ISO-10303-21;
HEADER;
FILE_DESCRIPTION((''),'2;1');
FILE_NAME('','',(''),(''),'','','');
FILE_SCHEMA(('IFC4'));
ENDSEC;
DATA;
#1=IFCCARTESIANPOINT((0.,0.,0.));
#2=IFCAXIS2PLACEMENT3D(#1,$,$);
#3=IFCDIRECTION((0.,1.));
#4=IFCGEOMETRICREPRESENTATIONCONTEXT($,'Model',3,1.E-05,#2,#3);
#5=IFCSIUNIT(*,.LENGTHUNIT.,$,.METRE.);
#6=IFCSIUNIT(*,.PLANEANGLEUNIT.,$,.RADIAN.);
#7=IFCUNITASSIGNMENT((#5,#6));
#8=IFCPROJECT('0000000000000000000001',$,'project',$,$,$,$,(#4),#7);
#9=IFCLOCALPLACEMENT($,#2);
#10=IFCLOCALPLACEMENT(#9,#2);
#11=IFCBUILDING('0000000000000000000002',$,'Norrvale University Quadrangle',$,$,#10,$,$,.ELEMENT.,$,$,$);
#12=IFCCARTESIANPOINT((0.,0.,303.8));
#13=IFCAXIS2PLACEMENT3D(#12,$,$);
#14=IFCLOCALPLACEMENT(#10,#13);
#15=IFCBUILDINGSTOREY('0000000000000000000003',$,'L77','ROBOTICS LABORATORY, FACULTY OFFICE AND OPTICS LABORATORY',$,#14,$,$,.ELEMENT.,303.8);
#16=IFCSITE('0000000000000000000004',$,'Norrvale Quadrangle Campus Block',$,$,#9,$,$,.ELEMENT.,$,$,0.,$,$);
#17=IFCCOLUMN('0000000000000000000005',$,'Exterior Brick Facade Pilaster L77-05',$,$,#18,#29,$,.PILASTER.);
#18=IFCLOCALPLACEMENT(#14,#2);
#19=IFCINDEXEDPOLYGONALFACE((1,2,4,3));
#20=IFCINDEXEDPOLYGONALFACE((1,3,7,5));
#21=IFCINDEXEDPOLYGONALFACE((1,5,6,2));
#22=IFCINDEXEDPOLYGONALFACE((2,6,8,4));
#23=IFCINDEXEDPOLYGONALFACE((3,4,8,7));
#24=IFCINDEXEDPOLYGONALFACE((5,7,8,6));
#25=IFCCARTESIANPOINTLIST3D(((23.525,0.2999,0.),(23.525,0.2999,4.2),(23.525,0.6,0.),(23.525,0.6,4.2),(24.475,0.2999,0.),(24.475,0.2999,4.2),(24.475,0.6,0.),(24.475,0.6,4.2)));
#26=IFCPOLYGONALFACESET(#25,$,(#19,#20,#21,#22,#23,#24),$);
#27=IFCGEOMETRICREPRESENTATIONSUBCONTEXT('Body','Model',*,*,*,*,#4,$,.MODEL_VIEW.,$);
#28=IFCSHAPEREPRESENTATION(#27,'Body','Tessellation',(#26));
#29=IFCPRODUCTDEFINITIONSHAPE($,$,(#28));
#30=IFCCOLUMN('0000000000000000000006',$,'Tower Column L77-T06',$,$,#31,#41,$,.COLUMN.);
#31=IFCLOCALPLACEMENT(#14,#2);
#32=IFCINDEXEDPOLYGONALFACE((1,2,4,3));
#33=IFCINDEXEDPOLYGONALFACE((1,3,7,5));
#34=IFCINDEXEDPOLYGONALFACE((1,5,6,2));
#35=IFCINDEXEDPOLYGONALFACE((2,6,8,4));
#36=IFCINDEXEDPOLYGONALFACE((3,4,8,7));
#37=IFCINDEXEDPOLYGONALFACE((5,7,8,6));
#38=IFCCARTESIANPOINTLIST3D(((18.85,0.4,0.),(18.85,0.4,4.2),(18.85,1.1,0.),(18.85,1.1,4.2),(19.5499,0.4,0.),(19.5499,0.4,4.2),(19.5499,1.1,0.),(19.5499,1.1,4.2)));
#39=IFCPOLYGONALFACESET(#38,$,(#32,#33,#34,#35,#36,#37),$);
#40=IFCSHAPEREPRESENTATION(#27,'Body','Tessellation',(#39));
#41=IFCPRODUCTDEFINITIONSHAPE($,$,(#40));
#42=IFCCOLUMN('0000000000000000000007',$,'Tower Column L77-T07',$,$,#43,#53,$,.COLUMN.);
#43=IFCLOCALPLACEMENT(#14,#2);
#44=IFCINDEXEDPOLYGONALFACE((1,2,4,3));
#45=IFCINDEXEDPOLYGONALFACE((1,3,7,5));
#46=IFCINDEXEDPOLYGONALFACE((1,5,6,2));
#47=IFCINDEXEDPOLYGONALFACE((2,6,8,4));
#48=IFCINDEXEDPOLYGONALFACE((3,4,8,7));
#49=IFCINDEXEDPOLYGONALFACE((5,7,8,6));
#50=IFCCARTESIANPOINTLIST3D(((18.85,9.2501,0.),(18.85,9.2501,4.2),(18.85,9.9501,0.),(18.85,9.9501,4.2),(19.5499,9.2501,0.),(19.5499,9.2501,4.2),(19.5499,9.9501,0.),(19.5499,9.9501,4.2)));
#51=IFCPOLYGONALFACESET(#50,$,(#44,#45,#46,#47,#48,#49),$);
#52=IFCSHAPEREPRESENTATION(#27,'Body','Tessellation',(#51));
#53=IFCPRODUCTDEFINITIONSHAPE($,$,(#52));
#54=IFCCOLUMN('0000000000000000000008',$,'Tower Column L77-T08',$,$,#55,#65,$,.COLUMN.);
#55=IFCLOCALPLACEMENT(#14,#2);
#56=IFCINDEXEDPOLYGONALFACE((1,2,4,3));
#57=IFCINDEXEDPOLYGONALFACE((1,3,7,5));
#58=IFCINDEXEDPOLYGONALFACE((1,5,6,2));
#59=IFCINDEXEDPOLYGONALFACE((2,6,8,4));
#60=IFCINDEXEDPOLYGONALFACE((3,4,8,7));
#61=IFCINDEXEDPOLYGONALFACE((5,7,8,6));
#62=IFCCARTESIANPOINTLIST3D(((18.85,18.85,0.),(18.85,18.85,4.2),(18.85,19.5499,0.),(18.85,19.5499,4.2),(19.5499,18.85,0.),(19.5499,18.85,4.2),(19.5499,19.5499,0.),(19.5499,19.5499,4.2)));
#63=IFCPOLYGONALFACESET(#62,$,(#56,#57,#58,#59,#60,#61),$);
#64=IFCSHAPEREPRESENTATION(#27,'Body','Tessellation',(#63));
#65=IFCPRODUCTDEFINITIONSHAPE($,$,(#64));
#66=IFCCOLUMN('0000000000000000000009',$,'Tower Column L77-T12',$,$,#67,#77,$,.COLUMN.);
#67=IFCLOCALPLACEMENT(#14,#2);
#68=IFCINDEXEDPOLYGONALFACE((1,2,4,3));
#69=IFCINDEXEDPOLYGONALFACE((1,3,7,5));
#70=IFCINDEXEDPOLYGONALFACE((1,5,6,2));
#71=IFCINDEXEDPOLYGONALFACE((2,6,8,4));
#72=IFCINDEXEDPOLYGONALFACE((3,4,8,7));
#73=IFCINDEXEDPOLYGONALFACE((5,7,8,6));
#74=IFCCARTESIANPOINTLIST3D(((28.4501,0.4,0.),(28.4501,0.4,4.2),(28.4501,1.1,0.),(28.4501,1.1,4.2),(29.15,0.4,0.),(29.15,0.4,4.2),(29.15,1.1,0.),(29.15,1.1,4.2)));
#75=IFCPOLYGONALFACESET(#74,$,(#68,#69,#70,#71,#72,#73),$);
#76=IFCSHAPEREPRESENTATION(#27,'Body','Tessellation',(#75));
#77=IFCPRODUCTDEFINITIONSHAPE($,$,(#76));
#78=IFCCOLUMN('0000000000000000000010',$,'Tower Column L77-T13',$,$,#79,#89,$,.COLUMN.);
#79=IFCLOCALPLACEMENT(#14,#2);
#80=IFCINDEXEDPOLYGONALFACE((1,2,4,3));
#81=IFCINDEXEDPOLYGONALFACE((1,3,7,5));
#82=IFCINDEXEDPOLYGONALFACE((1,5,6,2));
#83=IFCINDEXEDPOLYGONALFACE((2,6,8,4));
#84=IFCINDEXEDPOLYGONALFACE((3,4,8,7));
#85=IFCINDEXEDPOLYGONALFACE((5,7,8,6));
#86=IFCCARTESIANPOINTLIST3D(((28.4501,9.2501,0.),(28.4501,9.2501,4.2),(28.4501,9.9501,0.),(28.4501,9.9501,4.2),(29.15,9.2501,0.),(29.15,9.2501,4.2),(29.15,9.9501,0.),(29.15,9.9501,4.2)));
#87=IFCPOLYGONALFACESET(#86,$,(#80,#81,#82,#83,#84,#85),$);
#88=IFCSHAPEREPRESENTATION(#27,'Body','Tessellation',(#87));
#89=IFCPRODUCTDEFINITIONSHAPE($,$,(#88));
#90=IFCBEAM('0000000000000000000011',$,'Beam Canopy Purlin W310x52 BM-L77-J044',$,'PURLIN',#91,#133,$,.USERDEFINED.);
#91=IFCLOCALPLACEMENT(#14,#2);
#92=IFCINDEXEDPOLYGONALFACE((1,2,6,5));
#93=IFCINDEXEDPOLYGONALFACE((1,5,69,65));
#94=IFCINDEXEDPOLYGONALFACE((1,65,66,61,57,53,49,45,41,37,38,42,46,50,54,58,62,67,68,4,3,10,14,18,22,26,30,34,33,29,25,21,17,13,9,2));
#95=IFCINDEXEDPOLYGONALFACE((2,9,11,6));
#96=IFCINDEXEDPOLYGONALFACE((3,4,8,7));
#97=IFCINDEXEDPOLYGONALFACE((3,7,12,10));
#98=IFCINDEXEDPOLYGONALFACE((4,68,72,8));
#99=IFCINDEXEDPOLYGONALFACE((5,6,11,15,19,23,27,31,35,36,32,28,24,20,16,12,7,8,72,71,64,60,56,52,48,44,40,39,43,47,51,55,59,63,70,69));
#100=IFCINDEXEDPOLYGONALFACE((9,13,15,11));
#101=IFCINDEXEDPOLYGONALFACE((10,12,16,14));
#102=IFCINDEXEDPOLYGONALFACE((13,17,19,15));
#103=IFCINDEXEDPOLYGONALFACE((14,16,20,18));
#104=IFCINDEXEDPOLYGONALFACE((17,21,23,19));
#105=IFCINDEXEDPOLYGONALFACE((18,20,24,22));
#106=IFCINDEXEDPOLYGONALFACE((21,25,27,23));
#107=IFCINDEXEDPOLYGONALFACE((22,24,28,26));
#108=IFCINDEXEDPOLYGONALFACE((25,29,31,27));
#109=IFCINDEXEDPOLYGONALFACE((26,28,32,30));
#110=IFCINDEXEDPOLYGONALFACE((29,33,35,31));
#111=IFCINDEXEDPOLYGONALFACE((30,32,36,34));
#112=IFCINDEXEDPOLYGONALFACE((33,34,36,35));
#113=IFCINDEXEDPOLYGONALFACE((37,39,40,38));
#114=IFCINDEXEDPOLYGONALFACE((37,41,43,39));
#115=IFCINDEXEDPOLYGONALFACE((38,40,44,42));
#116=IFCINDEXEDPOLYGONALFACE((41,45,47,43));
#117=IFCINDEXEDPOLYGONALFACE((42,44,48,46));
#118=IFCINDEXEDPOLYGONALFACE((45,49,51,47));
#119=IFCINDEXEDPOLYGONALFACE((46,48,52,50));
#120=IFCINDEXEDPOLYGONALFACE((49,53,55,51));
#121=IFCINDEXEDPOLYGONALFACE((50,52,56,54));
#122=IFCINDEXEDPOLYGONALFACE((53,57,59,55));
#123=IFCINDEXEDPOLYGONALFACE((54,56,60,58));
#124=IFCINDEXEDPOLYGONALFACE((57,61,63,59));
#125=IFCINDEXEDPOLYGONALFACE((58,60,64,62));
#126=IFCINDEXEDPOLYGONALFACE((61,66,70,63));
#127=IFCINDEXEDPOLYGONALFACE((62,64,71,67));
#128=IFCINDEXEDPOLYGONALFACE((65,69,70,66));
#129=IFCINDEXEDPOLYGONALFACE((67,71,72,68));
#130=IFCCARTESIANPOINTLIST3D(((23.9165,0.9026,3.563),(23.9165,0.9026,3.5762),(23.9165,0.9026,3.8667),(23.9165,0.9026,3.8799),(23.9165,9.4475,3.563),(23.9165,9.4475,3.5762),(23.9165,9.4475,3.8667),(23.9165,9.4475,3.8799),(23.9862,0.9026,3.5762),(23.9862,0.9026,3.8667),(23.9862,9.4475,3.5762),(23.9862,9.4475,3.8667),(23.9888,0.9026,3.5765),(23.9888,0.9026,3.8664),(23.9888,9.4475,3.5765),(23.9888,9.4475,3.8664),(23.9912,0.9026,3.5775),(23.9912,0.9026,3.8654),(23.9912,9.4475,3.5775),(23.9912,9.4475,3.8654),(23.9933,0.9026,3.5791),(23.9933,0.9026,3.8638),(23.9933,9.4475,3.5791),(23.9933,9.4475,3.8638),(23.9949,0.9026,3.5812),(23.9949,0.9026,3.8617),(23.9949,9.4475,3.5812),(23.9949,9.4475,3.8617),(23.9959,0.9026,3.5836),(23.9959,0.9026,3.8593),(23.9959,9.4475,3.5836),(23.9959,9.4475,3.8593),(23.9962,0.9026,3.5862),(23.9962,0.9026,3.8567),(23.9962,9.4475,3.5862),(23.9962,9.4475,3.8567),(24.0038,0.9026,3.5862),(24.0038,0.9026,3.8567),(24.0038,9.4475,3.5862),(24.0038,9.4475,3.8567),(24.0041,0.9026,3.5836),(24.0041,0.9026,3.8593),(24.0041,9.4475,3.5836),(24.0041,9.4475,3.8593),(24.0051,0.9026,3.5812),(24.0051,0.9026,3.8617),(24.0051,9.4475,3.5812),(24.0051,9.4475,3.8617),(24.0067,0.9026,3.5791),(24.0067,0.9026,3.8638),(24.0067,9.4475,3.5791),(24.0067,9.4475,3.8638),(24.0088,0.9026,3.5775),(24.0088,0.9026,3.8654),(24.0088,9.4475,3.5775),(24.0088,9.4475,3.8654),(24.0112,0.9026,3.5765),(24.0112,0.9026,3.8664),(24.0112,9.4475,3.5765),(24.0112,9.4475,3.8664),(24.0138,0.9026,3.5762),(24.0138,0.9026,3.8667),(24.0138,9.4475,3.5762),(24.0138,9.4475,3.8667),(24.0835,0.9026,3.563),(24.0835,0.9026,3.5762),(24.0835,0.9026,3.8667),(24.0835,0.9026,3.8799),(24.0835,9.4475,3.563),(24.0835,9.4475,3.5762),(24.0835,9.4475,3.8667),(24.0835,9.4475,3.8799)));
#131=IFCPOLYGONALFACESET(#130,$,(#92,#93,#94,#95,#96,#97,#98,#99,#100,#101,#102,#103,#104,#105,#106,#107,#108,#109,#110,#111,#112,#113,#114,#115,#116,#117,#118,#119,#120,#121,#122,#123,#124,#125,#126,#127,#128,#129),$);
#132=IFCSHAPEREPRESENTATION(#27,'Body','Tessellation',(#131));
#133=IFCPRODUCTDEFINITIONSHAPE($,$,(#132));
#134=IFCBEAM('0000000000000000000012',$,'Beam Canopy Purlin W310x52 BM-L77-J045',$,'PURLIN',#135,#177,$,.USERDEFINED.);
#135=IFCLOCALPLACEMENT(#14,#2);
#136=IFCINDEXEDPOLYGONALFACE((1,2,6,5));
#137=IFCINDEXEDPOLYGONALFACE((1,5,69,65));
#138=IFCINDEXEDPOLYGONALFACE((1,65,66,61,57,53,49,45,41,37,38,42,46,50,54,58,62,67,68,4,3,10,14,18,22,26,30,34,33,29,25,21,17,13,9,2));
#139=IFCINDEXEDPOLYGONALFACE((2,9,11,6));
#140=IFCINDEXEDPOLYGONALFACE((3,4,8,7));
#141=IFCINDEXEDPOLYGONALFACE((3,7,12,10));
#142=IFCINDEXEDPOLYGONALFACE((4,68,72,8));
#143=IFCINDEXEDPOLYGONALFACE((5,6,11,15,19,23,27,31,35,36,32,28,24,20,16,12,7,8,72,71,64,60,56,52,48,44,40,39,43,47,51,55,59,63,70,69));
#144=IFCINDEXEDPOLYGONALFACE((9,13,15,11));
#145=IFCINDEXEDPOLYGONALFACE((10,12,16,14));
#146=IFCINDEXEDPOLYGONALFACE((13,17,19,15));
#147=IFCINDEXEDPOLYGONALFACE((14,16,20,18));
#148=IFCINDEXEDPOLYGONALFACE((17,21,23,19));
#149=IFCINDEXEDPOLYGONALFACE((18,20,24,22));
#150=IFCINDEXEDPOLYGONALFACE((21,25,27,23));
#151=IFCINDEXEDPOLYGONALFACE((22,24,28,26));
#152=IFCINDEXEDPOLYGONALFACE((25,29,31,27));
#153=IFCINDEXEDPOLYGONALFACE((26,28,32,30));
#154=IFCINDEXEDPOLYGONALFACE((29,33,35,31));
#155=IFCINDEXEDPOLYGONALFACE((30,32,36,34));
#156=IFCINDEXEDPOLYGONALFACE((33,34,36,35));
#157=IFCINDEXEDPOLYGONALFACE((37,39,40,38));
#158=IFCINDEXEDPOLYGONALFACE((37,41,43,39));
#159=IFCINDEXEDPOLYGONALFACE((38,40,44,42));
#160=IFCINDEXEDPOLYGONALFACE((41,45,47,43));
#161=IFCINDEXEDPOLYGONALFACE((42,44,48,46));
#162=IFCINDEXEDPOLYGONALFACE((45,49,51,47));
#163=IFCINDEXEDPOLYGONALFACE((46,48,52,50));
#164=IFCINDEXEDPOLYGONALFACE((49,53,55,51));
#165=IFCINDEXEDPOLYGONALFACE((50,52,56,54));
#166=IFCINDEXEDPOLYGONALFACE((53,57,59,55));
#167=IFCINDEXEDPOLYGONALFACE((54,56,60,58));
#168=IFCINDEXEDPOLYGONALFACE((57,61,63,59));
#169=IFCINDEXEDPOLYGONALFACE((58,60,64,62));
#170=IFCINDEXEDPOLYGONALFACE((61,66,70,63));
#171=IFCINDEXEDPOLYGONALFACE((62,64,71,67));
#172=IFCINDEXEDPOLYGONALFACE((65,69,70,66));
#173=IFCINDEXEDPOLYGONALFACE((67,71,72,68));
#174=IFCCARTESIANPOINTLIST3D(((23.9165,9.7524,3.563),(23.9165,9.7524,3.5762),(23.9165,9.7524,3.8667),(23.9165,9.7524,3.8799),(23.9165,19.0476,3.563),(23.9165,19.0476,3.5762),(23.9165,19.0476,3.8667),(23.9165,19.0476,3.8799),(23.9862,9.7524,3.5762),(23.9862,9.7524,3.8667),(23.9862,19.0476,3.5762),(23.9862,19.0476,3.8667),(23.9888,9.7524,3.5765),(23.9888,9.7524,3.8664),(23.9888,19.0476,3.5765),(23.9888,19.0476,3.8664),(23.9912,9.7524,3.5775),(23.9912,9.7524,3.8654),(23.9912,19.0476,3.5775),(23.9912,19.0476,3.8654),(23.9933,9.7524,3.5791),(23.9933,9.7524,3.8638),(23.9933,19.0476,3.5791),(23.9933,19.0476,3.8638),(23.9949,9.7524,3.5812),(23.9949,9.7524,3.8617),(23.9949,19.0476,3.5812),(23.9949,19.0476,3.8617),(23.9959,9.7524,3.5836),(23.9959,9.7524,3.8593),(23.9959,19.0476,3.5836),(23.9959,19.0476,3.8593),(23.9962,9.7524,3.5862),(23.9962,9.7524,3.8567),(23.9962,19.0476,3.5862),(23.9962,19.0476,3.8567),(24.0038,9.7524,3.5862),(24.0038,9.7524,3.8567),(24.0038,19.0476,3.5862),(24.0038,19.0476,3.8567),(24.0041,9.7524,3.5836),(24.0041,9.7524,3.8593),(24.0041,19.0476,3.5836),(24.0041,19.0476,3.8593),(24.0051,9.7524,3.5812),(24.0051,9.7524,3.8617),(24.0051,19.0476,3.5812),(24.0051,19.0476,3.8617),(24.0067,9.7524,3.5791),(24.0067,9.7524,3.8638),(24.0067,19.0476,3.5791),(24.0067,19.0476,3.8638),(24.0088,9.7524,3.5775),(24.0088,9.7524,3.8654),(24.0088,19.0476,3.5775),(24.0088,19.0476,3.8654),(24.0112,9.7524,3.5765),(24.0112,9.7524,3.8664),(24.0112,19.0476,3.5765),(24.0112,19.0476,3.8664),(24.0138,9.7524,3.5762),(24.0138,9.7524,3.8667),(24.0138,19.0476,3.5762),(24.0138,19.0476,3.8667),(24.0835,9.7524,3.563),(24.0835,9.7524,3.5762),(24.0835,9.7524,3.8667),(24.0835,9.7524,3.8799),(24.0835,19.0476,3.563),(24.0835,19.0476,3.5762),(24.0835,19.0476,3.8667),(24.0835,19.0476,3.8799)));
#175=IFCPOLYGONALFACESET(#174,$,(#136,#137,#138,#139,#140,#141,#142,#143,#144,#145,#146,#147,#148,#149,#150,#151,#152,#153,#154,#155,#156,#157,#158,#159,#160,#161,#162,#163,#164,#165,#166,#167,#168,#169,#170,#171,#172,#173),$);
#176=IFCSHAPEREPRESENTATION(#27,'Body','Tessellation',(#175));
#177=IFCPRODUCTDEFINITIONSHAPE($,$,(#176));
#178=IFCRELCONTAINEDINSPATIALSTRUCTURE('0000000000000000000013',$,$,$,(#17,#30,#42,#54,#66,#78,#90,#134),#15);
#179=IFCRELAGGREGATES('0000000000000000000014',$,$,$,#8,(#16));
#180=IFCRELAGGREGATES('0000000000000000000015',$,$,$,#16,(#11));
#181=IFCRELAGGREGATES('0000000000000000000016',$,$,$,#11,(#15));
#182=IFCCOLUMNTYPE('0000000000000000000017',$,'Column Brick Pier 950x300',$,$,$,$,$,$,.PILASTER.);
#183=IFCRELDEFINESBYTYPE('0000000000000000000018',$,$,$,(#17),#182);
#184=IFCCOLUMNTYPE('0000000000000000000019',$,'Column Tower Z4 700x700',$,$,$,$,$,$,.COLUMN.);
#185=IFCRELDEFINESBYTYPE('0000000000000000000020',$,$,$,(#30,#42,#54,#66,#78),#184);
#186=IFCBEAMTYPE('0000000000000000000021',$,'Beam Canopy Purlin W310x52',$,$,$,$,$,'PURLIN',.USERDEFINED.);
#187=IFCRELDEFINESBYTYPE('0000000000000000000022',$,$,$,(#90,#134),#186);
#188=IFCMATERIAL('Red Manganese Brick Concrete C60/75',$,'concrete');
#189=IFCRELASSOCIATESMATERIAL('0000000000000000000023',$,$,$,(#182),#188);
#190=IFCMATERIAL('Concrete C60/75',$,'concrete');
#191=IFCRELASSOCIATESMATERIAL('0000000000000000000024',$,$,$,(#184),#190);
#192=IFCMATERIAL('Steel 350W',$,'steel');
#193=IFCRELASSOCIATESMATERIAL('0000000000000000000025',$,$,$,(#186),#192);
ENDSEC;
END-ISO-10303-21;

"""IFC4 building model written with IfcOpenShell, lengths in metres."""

from ifc_helpers import new_model, si_unit, direction, frame, origin, origin_2d, place, context, subcontext, project, spatial, rectangle, i_section, extrude, material, material_profile, profile_set, type_object, element, save


model = new_model("IFC4")

# Units and contexts
model_context = context("Model", 3, precision=1e-05, world=origin(), true_north=direction((0.0, 1.0)))
body_context = subcontext(model_context, "Body", "Model", "MODEL_VIEW")
ifc_project = project(units=[si_unit("LENGTHUNIT", "METRE"), si_unit("PLANEANGLEUNIT", "RADIAN")], contexts=[model_context])

# Site, building, storey
site_placement = place(None, origin())
site = spatial("IfcSite", under=ifc_project, at=site_placement, Name="Norrvale Quadrangle Campus Block", CompositionType="ELEMENT", RefElevation=0.0)
building_placement = place(site_placement, origin())
building = spatial("IfcBuilding", under=site, at=building_placement, Name="Norrvale University Quadrangle", CompositionType="ELEMENT")
storey_placement = place(building_placement, frame((0.0, 0.0, 303.8)))
storey = spatial("IfcBuildingStorey", under=building, at=storey_placement, Name="L77", Description="ROBOTICS LABORATORY, FACULTY OFFICE AND OPTICS LABORATORY", CompositionType="ELEMENT", Elevation=303.8)

# Columns
ifc_material_1 = material(Name="Red Manganese Brick Concrete C60/75", Category="concrete")
ifc_material_profile_1 = material_profile(ifc_material_1, rectangle(XDim=0.95, YDim=0.3, at=origin_2d()), Name="Red Manganese Brick Concrete C60/75")
ifc_profile_set_1 = profile_set([ifc_material_profile_1], Name="Red Manganese Brick Concrete C60/75")
column_type_1 = type_object("IfcColumnType", Name="Column Brick Pier 950x300", PredefinedType="PILASTER", material=ifc_profile_set_1)
column_placement = place(storey_placement, frame((24.0, 0.45, 0.0), z_axis=(0.0, 0.0, 1.0), x_axis=(1.0, 0.0, 0.0)))
element("IfcColumn", 1, at=column_placement, inside=storey, type_object=column_type_1, Name="Exterior Brick Facade Pilaster L77-05", PredefinedType="PILASTER", context=body_context, shape_type="SweptSolid", body=[
    extrude(rectangle(XDim=0.95, YDim=0.3, at=origin_2d()), origin(), (0.0, 0.0, 1.0), 4.2),
])
ifc_material_2 = material(Name="Concrete C60/75", Category="concrete")
ifc_material_profile_2 = material_profile(ifc_material_2, rectangle(XDim=0.7, YDim=0.7, at=origin_2d()), Name="Concrete C60/75")
ifc_profile_set_2 = profile_set([ifc_material_profile_2], Name="Concrete C60/75")
column_type_2 = type_object("IfcColumnType", Name="Column Tower Z4 700x700", PredefinedType="COLUMN", material=ifc_profile_set_2)
for number, where, z_axis, x_axis, name in (
    (2, (19.2, 0.75, 0.0), (0.0, 0.0, 1.0), (1.0, 0.0, 0.0), "Tower Column L77-T06"),
    (3, (19.2, 9.6001, 0.0), (0.0, 0.0, 1.0), (1.0, 0.0, 0.0), "Tower Column L77-T07"),
    (4, (19.2, 19.2, 0.0), (0.0, 0.0, 1.0), (1.0, 0.0, 0.0), "Tower Column L77-T08"),
    (5, (28.8, 0.75, 0.0), (0.0, 0.0, 1.0), (1.0, 0.0, 0.0), "Tower Column L77-T12"),
    (6, (28.8, 9.6001, 0.0), (0.0, 0.0, 1.0), (1.0, 0.0, 0.0), "Tower Column L77-T13"),
):
    element("IfcColumn", number, at=place(storey_placement, frame(where, z_axis=z_axis, x_axis=x_axis)), inside=storey, type_object=column_type_2, Name=name, PredefinedType="COLUMN", context=body_context, shape_type="SweptSolid", body=[
        extrude(rectangle(XDim=0.7, YDim=0.7, at=origin_2d()), origin(), (0.0, 0.0, 1.0), 4.2),
    ])

# Beams
ifc_material_3 = material(Name="Steel 350W", Category="steel")
ifc_material_profile_3 = material_profile(ifc_material_3, i_section(OverallWidth=0.167, OverallDepth=0.3169, WebThickness=0.0076, FlangeThickness=0.0132, FilletRadius=0.01, at=origin_2d()), Name="Steel 350W")
ifc_profile_set_3 = profile_set([ifc_material_profile_3], Name="Steel 350W")
beam_type_1 = type_object("IfcBeamType", Name="Beam Canopy Purlin W310x52", ElementType="PURLIN", PredefinedType="USERDEFINED", material=ifc_profile_set_3)
beam_1_placement = place(storey_placement, frame((24.0, 0.9026, 3.7214), z_axis=(0.0, 1.0, 0.0), x_axis=(-1.0, 0.0, 0.0)))
element("IfcBeam", 7, at=beam_1_placement, inside=storey, type_object=beam_type_1, Name="Beam Canopy Purlin W310x52 BM-L77-J044", ObjectType="PURLIN", PredefinedType="USERDEFINED", context=body_context, shape_type="SweptSolid", body=[
    extrude(i_section(OverallWidth=0.167, OverallDepth=0.3169, WebThickness=0.0076, FlangeThickness=0.0132, FilletRadius=0.01, at=origin_2d()), origin(), (0.0, 0.0, 1.0), 8.5449),
])
beam_2_placement = place(storey_placement, frame((24.0, 9.7524, 3.7214), z_axis=(0.0, 1.0, 0.0), x_axis=(-1.0, 0.0, 0.0)))
element("IfcBeam", 8, at=beam_2_placement, inside=storey, type_object=beam_type_1, Name="Beam Canopy Purlin W310x52 BM-L77-J045", ObjectType="PURLIN", PredefinedType="USERDEFINED", context=body_context, shape_type="SweptSolid", body=[
    extrude(i_section(OverallWidth=0.167, OverallDepth=0.3169, WebThickness=0.0076, FlangeThickness=0.0132, FilletRadius=0.01, at=origin_2d()), origin(), (0.0, 0.0, 1.0), 9.2952),
])

save(model, "model.ifc")
